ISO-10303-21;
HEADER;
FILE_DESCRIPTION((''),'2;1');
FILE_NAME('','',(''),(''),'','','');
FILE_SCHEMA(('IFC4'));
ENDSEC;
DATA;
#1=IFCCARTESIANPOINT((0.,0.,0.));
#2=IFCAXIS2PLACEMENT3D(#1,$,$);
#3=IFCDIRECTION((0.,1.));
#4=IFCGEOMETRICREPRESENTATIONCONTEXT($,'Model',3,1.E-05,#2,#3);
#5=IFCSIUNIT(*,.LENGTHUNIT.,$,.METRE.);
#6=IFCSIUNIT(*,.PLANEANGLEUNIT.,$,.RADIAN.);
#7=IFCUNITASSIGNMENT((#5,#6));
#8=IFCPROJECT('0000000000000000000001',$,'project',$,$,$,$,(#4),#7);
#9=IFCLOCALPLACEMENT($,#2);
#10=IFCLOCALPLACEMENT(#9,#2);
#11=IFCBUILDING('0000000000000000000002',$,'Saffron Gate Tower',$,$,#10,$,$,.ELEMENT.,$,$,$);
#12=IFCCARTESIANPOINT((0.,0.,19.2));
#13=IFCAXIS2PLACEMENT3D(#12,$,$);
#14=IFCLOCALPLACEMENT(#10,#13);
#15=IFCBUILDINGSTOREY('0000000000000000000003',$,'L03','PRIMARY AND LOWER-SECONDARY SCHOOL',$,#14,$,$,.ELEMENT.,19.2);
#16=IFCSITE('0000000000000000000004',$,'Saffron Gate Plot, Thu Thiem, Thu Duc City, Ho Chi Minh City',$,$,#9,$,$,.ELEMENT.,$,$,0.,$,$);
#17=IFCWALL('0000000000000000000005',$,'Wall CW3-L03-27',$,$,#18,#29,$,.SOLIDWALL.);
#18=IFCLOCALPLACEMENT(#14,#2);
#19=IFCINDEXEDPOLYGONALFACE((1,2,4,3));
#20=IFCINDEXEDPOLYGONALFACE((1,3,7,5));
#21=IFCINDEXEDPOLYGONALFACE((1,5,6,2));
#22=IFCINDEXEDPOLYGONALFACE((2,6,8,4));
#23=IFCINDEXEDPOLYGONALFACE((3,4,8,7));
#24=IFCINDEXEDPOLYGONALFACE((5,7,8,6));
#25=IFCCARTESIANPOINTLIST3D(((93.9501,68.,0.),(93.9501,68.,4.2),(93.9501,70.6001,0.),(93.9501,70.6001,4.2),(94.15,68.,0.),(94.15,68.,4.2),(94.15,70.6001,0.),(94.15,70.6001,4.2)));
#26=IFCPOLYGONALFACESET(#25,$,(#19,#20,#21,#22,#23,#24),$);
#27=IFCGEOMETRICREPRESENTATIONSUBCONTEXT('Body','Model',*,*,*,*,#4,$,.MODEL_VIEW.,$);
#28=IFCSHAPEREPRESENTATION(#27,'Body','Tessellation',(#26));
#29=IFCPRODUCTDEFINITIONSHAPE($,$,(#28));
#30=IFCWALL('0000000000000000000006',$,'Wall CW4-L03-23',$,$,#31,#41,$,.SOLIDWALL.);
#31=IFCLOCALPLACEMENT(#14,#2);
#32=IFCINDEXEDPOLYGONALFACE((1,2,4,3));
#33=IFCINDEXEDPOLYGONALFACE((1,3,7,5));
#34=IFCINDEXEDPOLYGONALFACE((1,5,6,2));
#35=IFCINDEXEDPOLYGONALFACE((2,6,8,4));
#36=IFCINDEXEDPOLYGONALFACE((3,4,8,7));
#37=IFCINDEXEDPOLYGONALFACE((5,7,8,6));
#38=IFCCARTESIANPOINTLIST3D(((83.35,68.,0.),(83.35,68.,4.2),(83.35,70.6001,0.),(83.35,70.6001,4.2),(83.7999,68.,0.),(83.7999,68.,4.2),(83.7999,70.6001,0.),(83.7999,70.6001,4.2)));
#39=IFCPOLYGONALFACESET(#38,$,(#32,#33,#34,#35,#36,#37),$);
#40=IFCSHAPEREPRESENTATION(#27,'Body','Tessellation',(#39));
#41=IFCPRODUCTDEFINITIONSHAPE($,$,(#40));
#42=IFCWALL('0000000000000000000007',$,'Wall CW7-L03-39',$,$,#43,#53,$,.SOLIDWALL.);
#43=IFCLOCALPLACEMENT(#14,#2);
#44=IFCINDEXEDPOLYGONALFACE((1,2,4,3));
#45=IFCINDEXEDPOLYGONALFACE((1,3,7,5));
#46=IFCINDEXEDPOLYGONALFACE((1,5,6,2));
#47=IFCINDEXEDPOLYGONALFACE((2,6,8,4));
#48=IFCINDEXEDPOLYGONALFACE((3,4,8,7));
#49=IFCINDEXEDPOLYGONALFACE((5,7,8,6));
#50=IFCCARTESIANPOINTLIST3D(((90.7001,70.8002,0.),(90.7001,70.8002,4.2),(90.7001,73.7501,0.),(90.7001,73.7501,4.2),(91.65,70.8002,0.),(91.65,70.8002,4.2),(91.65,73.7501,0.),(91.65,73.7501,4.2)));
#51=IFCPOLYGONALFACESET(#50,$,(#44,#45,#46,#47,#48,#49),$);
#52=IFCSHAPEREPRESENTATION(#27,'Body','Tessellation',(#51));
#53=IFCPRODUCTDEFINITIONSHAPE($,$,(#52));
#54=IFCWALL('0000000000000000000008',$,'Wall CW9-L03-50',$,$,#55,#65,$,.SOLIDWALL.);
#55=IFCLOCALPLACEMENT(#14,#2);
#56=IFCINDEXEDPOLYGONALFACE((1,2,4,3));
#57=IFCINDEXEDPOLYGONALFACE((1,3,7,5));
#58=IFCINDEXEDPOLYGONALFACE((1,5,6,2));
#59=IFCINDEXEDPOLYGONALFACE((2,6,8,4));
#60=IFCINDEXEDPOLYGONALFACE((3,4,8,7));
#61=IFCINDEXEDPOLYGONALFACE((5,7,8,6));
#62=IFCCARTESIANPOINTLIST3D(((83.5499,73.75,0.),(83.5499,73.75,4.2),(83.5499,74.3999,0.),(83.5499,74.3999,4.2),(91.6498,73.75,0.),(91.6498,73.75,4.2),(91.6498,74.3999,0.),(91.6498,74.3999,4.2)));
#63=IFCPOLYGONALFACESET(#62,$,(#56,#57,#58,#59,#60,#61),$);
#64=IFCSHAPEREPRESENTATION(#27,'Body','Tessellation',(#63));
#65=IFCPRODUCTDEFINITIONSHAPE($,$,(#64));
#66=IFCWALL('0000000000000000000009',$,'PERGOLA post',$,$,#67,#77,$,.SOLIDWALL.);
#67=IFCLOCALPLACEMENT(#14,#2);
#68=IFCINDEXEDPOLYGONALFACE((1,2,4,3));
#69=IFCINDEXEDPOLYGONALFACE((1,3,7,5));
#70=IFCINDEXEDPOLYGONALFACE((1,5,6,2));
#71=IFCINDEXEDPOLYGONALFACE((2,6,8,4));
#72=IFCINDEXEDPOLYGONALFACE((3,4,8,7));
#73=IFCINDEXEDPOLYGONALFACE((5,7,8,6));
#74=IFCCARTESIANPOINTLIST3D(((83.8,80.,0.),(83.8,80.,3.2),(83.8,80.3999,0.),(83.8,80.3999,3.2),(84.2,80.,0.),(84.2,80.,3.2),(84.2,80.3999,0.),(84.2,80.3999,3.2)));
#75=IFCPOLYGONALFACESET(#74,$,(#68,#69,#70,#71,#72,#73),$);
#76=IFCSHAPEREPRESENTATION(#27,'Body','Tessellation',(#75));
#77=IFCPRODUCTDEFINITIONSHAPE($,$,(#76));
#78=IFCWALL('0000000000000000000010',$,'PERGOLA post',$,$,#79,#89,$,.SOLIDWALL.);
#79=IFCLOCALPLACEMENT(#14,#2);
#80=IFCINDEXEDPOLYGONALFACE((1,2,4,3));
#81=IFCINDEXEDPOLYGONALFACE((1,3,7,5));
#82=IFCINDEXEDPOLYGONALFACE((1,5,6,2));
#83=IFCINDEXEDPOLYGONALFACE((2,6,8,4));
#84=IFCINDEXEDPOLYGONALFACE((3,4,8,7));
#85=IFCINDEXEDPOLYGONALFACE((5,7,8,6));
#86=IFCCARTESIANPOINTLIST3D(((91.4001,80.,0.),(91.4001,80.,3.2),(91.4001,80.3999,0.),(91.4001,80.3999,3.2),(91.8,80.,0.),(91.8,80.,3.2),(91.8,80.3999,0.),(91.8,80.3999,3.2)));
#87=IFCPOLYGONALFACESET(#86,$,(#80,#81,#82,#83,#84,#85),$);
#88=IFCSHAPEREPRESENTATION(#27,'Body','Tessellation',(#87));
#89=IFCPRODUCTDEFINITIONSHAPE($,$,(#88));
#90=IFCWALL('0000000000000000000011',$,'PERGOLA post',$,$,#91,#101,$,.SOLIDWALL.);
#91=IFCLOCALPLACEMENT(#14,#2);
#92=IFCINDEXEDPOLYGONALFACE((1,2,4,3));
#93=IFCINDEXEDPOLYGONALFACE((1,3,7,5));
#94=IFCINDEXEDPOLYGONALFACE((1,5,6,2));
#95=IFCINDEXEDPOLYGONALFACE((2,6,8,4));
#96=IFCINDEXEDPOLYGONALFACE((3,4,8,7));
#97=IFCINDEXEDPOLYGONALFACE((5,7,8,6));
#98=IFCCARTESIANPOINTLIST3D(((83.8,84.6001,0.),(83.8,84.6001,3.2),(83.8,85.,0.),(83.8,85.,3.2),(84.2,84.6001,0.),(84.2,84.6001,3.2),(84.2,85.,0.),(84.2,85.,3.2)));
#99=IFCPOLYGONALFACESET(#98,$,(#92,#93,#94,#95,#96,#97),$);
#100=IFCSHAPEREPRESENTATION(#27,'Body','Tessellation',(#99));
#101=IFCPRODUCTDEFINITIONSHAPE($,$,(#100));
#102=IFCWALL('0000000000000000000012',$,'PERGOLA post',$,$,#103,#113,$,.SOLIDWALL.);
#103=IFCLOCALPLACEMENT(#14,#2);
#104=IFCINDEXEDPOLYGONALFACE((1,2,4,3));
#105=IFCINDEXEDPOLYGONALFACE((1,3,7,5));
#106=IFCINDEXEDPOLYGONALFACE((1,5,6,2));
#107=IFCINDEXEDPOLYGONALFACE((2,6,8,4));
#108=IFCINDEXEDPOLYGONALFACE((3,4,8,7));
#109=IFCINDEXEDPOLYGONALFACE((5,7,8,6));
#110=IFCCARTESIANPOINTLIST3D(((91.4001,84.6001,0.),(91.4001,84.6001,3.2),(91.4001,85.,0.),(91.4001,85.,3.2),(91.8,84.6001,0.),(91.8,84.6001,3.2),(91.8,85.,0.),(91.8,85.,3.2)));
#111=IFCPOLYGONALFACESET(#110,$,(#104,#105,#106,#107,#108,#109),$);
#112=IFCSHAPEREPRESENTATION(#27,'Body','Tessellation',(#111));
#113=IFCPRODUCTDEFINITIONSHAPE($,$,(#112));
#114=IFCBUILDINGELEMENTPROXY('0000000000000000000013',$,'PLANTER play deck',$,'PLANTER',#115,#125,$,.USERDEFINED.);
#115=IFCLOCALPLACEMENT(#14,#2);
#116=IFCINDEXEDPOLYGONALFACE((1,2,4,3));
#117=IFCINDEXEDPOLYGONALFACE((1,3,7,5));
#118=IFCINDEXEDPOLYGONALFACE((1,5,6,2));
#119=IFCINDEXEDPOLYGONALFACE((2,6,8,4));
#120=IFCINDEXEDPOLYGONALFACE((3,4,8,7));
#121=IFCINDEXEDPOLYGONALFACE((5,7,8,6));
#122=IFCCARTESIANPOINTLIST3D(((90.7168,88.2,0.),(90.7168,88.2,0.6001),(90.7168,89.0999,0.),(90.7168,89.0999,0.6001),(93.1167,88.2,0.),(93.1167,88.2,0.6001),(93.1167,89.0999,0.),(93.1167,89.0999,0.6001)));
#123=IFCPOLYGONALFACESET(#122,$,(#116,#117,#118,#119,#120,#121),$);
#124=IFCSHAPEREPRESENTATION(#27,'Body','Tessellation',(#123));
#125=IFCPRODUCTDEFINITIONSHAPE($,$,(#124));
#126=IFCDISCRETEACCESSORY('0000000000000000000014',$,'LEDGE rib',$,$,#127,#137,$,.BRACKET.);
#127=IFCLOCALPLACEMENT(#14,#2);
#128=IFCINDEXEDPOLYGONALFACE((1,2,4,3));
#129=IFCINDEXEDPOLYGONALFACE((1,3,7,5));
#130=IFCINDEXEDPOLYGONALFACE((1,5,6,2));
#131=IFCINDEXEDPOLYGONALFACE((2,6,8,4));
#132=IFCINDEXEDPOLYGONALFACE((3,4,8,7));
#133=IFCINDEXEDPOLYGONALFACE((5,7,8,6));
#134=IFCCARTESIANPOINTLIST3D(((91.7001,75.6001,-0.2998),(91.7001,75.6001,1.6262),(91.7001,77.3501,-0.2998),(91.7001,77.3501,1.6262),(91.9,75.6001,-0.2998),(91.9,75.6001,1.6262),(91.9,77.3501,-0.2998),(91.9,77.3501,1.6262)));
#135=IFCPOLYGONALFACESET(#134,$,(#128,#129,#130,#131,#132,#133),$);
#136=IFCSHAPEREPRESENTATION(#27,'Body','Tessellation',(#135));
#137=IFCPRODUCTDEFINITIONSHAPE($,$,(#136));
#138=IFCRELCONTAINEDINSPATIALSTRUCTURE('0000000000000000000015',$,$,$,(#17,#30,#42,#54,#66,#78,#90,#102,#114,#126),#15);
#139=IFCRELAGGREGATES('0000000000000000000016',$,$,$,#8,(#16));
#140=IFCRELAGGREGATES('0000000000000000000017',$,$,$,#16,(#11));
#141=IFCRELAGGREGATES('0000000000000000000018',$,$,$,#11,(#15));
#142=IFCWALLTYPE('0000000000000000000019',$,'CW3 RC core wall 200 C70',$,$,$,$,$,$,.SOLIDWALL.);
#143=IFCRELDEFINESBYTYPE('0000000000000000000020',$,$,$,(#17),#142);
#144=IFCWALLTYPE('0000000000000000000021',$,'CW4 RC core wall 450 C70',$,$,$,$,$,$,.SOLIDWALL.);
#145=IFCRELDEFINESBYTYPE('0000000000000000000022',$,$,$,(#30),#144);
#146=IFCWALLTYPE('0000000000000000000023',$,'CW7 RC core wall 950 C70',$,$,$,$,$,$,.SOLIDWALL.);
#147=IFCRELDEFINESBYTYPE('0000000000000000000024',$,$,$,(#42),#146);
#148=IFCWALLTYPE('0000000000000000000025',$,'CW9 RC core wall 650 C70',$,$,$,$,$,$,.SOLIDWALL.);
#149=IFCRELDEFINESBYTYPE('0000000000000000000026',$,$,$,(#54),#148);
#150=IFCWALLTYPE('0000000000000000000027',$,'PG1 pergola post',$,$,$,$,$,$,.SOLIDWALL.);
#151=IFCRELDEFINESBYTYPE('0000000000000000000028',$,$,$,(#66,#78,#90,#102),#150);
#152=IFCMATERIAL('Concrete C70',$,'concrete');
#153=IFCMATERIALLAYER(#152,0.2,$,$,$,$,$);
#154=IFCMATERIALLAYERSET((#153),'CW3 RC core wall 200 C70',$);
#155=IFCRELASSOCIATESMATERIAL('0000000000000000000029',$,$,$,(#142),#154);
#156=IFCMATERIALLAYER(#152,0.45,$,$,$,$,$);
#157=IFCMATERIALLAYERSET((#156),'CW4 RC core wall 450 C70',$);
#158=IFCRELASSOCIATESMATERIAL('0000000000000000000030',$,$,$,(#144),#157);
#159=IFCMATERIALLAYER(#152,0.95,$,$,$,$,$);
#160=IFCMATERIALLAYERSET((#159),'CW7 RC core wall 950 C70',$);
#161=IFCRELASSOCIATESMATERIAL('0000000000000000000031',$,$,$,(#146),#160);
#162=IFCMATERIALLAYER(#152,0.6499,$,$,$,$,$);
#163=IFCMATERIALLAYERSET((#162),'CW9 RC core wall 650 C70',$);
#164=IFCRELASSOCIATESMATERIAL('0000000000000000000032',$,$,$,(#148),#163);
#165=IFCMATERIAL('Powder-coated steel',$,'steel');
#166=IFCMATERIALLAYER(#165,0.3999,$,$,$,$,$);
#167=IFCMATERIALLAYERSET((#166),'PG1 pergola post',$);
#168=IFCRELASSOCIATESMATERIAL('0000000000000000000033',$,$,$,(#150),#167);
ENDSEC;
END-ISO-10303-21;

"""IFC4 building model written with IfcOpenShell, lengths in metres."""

from ifc_helpers import new_model, si_unit, direction, frame, frame_2d, origin, origin_2d, place, context, subcontext, project, spatial, rectangle, extrude, material, layer, layer_set, type_object, element, save


model = new_model("IFC4")

# Units and contexts
model_context = context("Model", 3, precision=1e-05, world=origin(), true_north=direction((0.0, 1.0)))
body_context = subcontext(model_context, "Body", "Model", "MODEL_VIEW")
ifc_project = project(units=[si_unit("LENGTHUNIT", "METRE"), si_unit("PLANEANGLEUNIT", "RADIAN")], contexts=[model_context])

# Site, building, storey
site_placement = place(None, origin())
site = spatial("IfcSite", under=ifc_project, at=site_placement, Name="Saffron Gate Plot, Thu Thiem, Thu Duc City, Ho Chi Minh City", CompositionType="ELEMENT", RefElevation=0.0)
building_placement = place(site_placement, origin())
building = spatial("IfcBuilding", under=site, at=building_placement, Name="Saffron Gate Tower", CompositionType="ELEMENT")
storey_placement = place(building_placement, frame((0.0, 0.0, 19.2)))
storey = spatial("IfcBuildingStorey", under=building, at=storey_placement, Name="L03", Description="PRIMARY AND LOWER-SECONDARY SCHOOL", CompositionType="ELEMENT", Elevation=19.2)

# Shared definitions
ifc_material_1 = material(Name="Concrete C70", Category="concrete")

# Shared definitions
ifc_layer_1 = layer(ifc_material_1, 0.2)
ifc_layer_set_1 = layer_set([ifc_layer_1], Name="CW3 RC core wall 200 C70")
wall_type_1 = type_object("IfcWallType", Name="CW3 RC core wall 200 C70", PredefinedType="SOLIDWALL", material=ifc_layer_set_1)

# Walls
for number, where, z_axis, x_axis, name in (
    (1, (94.05, 68.0, 0.0), (0.0, 0.0, 1.0), (0.0, 1.0, 0.0), "Wall CW3-L03-27"),
):
    element("IfcWall", number, at=place(storey_placement, frame(where, z_axis=z_axis, x_axis=x_axis)), inside=storey, type_object=wall_type_1, Name=name, PredefinedType="SOLIDWALL", context=body_context, shape_type="SweptSolid", body=[
        extrude(rectangle(XDim=2.6001, YDim=0.2, at=frame_2d((1.3, 0.0))), origin(), (0.0, 0.0, 1.0), 4.2),
    ])
ifc_layer_2 = layer(ifc_material_1, 0.45)
ifc_layer_set_2 = layer_set([ifc_layer_2], Name="CW4 RC core wall 450 C70")
wall_type_2 = type_object("IfcWallType", Name="CW4 RC core wall 450 C70", PredefinedType="SOLIDWALL", material=ifc_layer_set_2)
wall_1_placement = place(storey_placement, frame((83.575, 68.0, 0.0), z_axis=(0.0, 0.0, 1.0), x_axis=(0.0, 1.0, 0.0)))
element("IfcWall", 2, at=wall_1_placement, inside=storey, type_object=wall_type_2, Name="Wall CW4-L03-23", PredefinedType="SOLIDWALL", context=body_context, shape_type="SweptSolid", body=[
    extrude(rectangle(XDim=2.6001, YDim=0.45, at=frame_2d((1.3, 0.0))), origin(), (0.0, 0.0, 1.0), 4.2),
])
ifc_layer_3 = layer(ifc_material_1, 0.95)
ifc_layer_set_3 = layer_set([ifc_layer_3], Name="CW7 RC core wall 950 C70")
wall_type_3 = type_object("IfcWallType", Name="CW7 RC core wall 950 C70", PredefinedType="SOLIDWALL", material=ifc_layer_set_3)
wall_2_placement = place(storey_placement, frame((91.175, 70.8, 0.0), z_axis=(0.0, 0.0, 1.0), x_axis=(0.0, 1.0, 0.0)))
element("IfcWall", 3, at=wall_2_placement, inside=storey, type_object=wall_type_3, Name="Wall CW7-L03-39", PredefinedType="SOLIDWALL", context=body_context, shape_type="SweptSolid", body=[
    extrude(rectangle(XDim=2.95, YDim=0.95, at=frame_2d((1.4751, 0.0))), origin(), (0.0, 0.0, 1.0), 4.2),
])
ifc_layer_4 = layer(ifc_material_1, 0.6499)
ifc_layer_set_4 = layer_set([ifc_layer_4], Name="CW9 RC core wall 650 C70")
wall_type_4 = type_object("IfcWallType", Name="CW9 RC core wall 650 C70", PredefinedType="SOLIDWALL", material=ifc_layer_set_4)
wall_3_placement = place(storey_placement, frame((83.55, 74.075, 0.0), z_axis=(0.0, 0.0, 1.0), x_axis=(1.0, 0.0, 0.0)))
element("IfcWall", 4, at=wall_3_placement, inside=storey, type_object=wall_type_4, Name="Wall CW9-L03-50", PredefinedType="SOLIDWALL", context=body_context, shape_type="SweptSolid", body=[
    extrude(rectangle(XDim=8.0999, YDim=0.6499, at=frame_2d((4.0498, 0.0))), origin(), (0.0, 0.0, 1.0), 4.2),
])
ifc_material_2 = material(Name="Powder-coated steel", Category="steel")
ifc_layer_5 = layer(ifc_material_2, 0.3999)
ifc_layer_set_5 = layer_set([ifc_layer_5], Name="PG1 pergola post")
wall_type_5 = type_object("IfcWallType", Name="PG1 pergola post", PredefinedType="SOLIDWALL", material=ifc_layer_set_5)
for number, where, z_axis, x_axis, name in (
    (5, (84.0, 80.0, 0.0), (0.0, 0.0, 1.0), (0.0, 1.0, 0.0), "PERGOLA post"),
    (6, (91.6001, 80.0, 0.0), (0.0, 0.0, 1.0), (0.0, 1.0, 0.0), "PERGOLA post"),
    (7, (84.0, 84.6001, 0.0), (0.0, 0.0, 1.0), (0.0, 1.0, 0.0), "PERGOLA post"),
    (8, (91.6001, 84.6001, 0.0), (0.0, 0.0, 1.0), (0.0, 1.0, 0.0), "PERGOLA post"),
):
    element("IfcWall", number, at=place(storey_placement, frame(where, z_axis=z_axis, x_axis=x_axis)), inside=storey, type_object=wall_type_5, Name=name, PredefinedType="SOLIDWALL", context=body_context, shape_type="SweptSolid", body=[
        extrude(rectangle(XDim=0.3999, YDim=0.3999, at=frame_2d((0.2, 0.0))), origin(), (0.0, 0.0, 1.0), 3.2),
    ])

# Building element proxy
proxy_placement = place(storey_placement, frame((91.9167, 88.6499, 0.0), z_axis=(0.0, 0.0, 1.0), x_axis=(1.0, 0.0, 0.0)))
element("IfcBuildingElementProxy", 9, at=proxy_placement, inside=storey, Name="PLANTER play deck", ObjectType="PLANTER", PredefinedType="USERDEFINED", context=body_context, shape_type="SweptSolid", body=[
    extrude(rectangle(XDim=2.3999, YDim=0.8999, at=origin_2d()), origin(), (0.0, 0.0, 1.0), 0.6001),
])

# Discrete accessory
discrete_accessory_placement = place(storey_placement, frame((91.8, 76.4751, -0.2998), z_axis=(0.0, 0.0, 1.0), x_axis=(-1.0, 0.0, 0.0)))
element("IfcDiscreteAccessory", 10, at=discrete_accessory_placement, inside=storey, Name="LEDGE rib", PredefinedType="BRACKET", context=body_context, shape_type="SweptSolid", body=[
    extrude(rectangle(XDim=0.2, YDim=1.75, at=origin_2d()), origin(), (0.0, 0.0, 1.0), 1.926),
])

save(model, "model.ifc")
